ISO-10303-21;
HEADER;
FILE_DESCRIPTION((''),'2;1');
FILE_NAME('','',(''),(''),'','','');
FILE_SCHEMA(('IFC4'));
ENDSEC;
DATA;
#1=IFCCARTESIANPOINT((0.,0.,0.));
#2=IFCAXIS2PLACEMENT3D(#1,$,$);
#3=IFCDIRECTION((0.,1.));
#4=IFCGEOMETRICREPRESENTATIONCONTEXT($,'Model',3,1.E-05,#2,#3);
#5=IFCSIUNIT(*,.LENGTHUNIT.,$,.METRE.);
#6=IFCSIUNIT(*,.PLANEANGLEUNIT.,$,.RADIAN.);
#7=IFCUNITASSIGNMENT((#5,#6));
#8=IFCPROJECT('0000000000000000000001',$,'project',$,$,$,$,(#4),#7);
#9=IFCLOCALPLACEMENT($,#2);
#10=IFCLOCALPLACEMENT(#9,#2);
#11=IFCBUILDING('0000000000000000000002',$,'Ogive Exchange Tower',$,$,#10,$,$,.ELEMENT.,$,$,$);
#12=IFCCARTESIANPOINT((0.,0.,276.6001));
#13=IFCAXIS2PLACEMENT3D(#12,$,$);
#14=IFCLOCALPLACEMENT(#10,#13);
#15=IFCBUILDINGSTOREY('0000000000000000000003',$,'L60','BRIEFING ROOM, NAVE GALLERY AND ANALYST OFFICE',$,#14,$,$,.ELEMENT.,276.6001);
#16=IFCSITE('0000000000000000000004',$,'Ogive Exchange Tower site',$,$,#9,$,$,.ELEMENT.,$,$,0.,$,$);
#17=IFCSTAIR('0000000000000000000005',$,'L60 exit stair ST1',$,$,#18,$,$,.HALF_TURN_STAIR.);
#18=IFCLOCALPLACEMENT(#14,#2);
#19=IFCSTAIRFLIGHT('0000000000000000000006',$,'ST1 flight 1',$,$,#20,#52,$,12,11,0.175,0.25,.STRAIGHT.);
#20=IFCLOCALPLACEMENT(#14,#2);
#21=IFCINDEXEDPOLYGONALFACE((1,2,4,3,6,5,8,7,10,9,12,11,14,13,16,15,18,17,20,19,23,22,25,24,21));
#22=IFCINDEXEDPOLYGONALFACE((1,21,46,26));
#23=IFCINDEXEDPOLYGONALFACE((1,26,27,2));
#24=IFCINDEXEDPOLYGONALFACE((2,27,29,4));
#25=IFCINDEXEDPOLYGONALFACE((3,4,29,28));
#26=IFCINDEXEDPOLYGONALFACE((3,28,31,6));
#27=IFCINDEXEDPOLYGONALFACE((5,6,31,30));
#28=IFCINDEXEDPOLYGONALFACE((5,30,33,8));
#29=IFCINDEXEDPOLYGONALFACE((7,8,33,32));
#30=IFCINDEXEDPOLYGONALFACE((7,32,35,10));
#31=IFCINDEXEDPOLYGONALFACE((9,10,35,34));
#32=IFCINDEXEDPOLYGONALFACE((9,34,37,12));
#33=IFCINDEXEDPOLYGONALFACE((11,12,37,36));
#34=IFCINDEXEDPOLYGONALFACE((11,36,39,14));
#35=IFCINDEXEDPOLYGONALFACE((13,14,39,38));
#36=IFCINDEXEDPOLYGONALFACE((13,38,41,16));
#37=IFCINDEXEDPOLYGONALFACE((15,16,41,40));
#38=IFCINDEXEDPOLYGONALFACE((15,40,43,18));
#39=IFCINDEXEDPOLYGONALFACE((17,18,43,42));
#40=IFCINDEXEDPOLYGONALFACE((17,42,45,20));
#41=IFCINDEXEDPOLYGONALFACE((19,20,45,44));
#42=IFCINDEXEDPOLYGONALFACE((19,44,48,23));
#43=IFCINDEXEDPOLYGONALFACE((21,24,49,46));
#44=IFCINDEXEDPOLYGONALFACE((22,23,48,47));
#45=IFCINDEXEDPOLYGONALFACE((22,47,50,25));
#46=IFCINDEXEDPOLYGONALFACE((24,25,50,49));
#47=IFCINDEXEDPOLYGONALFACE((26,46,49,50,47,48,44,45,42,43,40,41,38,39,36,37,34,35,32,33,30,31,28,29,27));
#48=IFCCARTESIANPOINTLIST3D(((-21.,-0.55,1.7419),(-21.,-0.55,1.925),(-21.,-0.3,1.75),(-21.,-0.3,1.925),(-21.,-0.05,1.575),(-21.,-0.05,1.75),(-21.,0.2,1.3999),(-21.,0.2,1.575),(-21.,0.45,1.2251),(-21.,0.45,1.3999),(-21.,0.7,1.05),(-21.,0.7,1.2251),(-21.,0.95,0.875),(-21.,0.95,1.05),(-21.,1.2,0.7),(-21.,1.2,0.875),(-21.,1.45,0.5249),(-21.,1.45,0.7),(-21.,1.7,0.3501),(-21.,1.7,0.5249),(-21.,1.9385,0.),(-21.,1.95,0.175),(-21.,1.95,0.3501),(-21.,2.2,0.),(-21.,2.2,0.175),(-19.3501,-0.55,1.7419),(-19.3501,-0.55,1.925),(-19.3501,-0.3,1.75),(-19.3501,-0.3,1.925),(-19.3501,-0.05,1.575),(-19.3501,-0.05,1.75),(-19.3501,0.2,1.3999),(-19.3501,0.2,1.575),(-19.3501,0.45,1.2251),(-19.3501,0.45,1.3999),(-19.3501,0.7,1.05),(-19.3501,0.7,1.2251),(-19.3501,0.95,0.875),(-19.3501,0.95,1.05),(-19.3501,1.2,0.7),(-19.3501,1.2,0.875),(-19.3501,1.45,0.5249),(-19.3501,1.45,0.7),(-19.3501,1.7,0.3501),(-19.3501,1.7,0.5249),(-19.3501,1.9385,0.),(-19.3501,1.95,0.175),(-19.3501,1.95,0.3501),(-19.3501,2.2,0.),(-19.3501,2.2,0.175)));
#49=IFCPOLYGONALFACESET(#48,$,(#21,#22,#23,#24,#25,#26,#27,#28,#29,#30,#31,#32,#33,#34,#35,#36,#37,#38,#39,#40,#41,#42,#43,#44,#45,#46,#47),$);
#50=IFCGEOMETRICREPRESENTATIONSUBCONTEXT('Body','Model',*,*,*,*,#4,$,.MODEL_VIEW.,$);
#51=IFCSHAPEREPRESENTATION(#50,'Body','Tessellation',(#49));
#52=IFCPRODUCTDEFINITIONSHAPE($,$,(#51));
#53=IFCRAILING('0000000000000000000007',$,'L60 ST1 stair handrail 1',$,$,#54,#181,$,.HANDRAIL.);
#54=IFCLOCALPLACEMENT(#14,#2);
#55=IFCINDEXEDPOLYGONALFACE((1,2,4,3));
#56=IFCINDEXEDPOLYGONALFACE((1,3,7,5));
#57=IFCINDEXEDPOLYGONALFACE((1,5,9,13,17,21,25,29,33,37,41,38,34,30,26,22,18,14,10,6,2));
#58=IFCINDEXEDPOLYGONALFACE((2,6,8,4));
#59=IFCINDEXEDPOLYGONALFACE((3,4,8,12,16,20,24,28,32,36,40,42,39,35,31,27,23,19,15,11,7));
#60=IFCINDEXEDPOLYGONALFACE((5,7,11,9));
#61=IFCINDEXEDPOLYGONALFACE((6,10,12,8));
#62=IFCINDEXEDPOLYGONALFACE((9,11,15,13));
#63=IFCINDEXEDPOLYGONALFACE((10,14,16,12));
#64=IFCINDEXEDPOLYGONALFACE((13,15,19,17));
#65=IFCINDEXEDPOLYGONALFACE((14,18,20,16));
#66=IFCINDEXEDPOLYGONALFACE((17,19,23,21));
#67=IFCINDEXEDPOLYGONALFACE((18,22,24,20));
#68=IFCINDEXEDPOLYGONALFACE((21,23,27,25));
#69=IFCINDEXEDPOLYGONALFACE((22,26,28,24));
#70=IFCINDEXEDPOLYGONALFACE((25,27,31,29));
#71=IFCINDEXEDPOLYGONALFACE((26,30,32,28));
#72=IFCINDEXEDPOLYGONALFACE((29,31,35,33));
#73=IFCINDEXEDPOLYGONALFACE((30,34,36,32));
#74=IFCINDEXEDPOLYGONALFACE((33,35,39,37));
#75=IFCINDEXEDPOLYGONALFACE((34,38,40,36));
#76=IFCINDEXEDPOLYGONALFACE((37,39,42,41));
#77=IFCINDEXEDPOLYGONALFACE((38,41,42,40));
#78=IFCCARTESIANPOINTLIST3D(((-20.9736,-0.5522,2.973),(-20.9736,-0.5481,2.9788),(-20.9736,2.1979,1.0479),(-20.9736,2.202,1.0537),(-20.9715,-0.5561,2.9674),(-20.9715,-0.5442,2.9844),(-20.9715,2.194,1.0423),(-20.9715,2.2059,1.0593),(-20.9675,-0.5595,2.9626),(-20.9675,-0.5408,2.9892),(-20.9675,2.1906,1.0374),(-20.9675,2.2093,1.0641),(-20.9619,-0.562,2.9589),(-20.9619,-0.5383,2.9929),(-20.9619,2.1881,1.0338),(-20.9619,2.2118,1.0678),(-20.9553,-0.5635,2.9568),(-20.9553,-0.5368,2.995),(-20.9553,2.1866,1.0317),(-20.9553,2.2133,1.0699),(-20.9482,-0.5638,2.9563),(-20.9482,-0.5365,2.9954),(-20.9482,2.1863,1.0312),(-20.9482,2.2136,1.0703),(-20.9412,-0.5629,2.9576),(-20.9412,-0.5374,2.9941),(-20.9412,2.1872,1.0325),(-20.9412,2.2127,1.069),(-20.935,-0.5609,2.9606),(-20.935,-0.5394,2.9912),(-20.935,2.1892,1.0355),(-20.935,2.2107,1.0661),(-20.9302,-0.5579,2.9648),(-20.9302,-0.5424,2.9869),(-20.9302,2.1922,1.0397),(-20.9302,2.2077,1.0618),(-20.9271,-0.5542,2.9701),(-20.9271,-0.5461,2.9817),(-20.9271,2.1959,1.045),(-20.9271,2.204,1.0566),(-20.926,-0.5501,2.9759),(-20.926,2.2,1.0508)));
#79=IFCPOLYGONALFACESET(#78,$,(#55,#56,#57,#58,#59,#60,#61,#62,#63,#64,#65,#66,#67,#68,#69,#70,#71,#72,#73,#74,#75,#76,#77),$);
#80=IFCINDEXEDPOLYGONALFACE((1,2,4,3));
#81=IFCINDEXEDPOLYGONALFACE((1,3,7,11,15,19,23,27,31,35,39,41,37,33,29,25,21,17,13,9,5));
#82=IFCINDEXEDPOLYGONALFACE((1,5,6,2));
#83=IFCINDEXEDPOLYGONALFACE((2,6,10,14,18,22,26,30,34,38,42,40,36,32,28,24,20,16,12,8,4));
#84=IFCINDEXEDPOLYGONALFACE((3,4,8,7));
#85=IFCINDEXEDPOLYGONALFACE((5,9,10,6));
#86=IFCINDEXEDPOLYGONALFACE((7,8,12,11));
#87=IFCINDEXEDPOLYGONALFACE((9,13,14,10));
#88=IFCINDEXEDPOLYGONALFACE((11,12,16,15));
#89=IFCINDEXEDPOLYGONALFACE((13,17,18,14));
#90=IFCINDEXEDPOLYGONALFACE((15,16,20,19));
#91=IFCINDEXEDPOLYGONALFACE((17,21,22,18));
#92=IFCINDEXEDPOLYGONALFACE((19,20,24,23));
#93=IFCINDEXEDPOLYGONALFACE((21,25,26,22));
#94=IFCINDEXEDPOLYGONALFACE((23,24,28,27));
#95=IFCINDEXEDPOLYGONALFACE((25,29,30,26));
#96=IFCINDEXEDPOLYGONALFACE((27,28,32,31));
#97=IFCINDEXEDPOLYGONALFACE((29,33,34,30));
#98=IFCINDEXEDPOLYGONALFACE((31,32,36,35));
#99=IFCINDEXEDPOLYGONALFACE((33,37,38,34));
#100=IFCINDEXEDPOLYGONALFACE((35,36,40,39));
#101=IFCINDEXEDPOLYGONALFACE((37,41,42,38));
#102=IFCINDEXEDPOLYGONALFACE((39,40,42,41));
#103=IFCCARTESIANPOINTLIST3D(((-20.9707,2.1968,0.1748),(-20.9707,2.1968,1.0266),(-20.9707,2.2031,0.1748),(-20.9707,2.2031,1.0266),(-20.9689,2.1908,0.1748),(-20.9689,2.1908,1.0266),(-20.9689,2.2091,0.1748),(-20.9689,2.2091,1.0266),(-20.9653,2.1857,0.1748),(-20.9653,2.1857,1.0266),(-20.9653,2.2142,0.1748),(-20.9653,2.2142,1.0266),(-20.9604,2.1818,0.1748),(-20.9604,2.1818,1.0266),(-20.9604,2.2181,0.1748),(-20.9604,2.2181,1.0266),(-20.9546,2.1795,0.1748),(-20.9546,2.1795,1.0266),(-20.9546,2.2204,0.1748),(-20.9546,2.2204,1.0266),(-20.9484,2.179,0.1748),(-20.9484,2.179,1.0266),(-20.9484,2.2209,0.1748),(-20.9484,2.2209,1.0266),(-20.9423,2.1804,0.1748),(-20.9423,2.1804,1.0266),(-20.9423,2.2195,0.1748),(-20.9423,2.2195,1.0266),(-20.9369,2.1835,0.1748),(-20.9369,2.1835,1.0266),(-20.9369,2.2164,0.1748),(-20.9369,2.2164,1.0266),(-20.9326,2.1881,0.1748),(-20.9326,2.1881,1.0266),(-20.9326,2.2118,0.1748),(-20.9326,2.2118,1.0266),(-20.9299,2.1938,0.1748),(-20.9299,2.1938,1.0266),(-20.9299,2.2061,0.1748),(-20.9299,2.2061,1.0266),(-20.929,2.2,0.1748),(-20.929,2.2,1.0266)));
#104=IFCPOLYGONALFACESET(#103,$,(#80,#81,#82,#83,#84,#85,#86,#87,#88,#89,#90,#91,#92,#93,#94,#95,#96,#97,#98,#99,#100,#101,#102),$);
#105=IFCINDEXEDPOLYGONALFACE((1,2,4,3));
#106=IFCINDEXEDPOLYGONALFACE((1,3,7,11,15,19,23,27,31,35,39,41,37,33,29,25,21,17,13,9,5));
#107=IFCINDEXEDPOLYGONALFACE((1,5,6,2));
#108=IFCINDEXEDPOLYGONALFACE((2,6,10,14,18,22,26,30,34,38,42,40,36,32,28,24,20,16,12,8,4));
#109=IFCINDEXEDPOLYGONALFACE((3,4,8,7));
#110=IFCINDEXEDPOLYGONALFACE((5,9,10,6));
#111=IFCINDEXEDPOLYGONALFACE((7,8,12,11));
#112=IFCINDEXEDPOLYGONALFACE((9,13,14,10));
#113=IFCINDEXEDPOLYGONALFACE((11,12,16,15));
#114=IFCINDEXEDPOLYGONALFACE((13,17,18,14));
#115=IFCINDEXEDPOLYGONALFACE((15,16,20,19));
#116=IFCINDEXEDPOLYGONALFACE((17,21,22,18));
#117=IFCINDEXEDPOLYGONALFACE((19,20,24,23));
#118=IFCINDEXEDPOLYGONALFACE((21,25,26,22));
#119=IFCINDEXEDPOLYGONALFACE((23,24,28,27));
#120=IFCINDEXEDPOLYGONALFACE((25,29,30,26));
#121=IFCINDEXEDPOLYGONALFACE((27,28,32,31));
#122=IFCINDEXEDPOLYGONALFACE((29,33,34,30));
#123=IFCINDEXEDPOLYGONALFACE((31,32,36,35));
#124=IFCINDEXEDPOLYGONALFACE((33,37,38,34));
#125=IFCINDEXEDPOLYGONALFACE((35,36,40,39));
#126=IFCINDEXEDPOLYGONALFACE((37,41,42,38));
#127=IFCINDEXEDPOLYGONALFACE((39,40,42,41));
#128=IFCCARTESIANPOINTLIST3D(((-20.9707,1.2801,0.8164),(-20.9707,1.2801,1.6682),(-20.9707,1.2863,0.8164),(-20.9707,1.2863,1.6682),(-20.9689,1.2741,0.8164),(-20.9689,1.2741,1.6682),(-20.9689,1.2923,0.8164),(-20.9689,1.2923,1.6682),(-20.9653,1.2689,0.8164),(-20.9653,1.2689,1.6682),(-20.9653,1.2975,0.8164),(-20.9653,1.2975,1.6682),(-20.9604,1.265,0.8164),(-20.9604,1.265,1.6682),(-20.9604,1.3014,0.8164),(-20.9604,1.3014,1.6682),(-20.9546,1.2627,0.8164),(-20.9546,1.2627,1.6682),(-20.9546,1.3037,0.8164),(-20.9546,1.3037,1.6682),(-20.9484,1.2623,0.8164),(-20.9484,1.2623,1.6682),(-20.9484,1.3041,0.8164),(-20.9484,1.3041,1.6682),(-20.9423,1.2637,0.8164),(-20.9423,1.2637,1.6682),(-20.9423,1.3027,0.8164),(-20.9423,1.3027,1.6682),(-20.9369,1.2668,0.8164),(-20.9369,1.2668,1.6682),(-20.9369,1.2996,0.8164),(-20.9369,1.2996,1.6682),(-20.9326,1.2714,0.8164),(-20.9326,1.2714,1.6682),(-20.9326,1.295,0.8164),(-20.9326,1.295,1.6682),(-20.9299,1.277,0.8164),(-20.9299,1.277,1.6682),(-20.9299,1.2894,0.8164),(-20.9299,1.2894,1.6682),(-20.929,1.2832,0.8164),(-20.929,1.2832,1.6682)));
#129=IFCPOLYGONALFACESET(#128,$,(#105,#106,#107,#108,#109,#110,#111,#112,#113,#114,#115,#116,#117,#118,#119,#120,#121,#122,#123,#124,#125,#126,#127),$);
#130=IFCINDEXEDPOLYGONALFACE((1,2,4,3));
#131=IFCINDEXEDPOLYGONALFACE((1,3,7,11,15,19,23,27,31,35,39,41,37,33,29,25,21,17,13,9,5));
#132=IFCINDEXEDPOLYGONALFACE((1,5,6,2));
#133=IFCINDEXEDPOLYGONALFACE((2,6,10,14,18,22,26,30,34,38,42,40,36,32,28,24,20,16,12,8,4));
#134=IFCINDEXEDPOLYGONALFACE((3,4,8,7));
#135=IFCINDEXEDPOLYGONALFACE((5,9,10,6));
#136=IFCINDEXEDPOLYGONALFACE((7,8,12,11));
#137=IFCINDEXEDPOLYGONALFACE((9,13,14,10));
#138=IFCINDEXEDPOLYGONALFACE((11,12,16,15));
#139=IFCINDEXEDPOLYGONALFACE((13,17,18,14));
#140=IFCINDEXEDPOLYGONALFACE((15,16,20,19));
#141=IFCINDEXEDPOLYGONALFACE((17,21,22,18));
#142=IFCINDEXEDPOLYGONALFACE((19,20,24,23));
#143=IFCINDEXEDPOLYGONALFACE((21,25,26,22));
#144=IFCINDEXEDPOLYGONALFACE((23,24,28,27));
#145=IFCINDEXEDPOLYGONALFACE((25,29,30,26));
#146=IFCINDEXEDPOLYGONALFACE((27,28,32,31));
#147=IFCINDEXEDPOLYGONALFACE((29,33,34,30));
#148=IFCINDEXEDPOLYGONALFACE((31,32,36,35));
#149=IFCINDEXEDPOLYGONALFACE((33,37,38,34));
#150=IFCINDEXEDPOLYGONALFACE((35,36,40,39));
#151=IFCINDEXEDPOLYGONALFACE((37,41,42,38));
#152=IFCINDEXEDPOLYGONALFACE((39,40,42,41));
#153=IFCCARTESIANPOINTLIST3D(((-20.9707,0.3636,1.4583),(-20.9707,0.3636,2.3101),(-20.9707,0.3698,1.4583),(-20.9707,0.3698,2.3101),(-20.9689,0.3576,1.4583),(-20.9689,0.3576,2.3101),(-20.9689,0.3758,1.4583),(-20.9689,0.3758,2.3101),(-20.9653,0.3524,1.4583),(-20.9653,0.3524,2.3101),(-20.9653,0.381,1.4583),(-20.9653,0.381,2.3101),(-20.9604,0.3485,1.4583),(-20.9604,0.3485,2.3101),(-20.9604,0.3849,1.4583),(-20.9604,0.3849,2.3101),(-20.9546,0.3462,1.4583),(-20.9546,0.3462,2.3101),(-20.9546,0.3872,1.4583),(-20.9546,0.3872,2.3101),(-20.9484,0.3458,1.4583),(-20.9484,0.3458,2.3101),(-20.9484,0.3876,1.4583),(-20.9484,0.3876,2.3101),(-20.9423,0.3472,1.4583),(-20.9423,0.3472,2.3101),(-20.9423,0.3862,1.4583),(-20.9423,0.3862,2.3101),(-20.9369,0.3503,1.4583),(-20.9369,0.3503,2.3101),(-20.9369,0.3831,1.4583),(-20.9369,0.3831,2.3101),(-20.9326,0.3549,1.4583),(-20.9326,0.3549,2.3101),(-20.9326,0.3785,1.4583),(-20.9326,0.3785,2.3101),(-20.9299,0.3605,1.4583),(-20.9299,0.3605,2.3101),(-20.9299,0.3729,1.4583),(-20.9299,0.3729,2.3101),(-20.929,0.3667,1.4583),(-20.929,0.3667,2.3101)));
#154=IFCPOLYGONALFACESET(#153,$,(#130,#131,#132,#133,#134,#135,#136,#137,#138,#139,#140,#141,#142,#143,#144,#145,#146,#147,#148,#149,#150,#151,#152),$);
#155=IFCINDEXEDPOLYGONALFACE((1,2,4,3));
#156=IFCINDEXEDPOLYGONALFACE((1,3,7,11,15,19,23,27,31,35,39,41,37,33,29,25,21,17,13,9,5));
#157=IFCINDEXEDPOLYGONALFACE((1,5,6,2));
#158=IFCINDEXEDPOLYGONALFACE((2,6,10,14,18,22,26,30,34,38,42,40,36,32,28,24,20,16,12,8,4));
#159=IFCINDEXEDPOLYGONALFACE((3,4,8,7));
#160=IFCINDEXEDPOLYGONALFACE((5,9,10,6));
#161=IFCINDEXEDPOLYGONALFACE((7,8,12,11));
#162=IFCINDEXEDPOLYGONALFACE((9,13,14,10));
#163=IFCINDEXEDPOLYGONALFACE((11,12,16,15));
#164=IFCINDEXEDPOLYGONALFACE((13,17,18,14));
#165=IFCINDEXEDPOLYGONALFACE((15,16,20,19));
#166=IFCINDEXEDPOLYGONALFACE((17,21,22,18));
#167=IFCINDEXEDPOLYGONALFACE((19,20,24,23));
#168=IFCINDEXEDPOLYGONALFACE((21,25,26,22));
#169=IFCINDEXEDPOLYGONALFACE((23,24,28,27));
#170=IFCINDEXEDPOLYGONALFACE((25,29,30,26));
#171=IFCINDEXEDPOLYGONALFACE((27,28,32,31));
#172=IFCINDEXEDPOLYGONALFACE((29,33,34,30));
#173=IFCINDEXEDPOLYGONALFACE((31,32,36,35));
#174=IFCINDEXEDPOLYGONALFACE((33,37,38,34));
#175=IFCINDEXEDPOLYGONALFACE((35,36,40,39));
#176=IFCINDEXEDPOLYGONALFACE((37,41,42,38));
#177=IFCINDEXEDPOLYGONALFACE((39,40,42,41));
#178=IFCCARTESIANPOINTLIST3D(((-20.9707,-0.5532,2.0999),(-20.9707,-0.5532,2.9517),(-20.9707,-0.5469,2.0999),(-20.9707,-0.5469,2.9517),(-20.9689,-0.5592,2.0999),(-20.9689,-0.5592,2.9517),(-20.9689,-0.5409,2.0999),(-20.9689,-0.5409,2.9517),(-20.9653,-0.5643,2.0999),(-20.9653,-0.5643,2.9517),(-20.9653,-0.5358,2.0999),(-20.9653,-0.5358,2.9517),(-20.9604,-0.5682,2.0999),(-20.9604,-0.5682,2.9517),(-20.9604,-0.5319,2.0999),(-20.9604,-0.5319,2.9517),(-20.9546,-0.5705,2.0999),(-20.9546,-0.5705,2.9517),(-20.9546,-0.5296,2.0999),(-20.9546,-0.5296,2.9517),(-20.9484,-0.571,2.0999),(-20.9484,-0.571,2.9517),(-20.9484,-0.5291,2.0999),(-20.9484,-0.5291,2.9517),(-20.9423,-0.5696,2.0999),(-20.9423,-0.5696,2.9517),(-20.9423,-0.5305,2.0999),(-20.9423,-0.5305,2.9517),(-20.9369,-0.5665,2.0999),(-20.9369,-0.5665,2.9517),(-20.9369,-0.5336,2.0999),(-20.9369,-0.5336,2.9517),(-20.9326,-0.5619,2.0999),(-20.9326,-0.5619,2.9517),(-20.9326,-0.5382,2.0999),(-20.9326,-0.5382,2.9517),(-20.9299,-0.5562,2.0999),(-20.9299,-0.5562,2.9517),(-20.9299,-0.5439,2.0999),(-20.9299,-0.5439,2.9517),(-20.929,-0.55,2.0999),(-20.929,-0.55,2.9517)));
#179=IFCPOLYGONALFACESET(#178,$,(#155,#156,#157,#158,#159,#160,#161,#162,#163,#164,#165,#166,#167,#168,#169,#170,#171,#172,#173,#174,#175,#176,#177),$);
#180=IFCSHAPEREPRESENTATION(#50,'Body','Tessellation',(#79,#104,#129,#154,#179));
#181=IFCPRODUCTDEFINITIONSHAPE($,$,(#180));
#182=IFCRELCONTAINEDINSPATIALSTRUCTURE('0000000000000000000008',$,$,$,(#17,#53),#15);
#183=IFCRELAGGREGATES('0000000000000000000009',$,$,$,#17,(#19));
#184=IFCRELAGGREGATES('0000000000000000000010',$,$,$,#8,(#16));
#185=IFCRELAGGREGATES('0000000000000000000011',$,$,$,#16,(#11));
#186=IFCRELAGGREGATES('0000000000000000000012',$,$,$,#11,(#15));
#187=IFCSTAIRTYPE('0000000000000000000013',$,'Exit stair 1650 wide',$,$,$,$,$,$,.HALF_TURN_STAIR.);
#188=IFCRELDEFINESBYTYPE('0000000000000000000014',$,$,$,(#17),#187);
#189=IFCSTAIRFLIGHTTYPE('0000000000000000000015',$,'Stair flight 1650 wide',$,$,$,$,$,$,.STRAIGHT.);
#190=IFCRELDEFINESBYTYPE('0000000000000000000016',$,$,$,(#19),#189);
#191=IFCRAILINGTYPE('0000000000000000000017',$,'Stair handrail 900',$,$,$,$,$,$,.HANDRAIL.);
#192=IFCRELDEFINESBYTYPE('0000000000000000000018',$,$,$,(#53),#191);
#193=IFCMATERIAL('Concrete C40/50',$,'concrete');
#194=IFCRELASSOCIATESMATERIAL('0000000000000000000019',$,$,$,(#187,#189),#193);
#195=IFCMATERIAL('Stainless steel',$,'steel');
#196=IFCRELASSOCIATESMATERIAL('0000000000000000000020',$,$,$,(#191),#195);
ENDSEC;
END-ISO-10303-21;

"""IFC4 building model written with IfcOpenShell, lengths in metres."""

from ifc_helpers import new_model, si_unit, direction, frame, origin, origin_2d, place, context, subcontext, project, spatial, polyline, circle, outline, extrude, material, type_object, element, aggregate, save


model = new_model("IFC4")

# Units and contexts
model_context = context("Model", 3, precision=1e-05, world=origin(), true_north=direction((0.0, 1.0)))
body_context = subcontext(model_context, "Body", "Model", "MODEL_VIEW")
ifc_project = project(units=[si_unit("LENGTHUNIT", "METRE"), si_unit("PLANEANGLEUNIT", "RADIAN")], contexts=[model_context])

# Site, building, storey
site_placement = place(None, origin())
site = spatial("IfcSite", under=ifc_project, at=site_placement, Name="Ogive Exchange Tower site", CompositionType="ELEMENT", RefElevation=0.0)
building_placement = place(site_placement, origin())
building = spatial("IfcBuilding", under=site, at=building_placement, Name="Ogive Exchange Tower", CompositionType="ELEMENT")
storey_placement = place(building_placement, frame((0.0, 0.0, 276.6001)))
storey = spatial("IfcBuildingStorey", under=building, at=storey_placement, Name="L60", Description="BRIEFING ROOM, NAVE GALLERY AND ANALYST OFFICE", CompositionType="ELEMENT", Elevation=276.6001)

# Shared definitions
ifc_material_1 = material(Name="Stainless steel", Category="steel")

# Stair, stair flight
ifc_material_2 = material(Name="Concrete C40/50", Category="concrete")
stair_type = type_object("IfcStairType", Name="Exit stair 1650 wide", PredefinedType="HALF_TURN_STAIR", material=ifc_material_2)
stair_placement = place(storey_placement, origin())
stair = element("IfcStair", 1, at=stair_placement, inside=storey, type_object=stair_type, Name="L60 exit stair ST1", PredefinedType="HALF_TURN_STAIR")
stair_flight_type = type_object("IfcStairFlightType", Name="Stair flight 1650 wide", PredefinedType="STRAIGHT", material=ifc_material_2)
stair_flight_placement = place(storey_placement, frame((-20.175, 2.2, 0.0), z_axis=(0.0, 0.0, 1.0), x_axis=(0.0, -1.0, 0.0)))
stair_flight = element("IfcStairFlight", 2, at=stair_flight_placement, type_object=stair_flight_type, Name="ST1 flight 1", NumberOfRisers=12, NumberOfTreads=11, PredefinedType="STRAIGHT", RiserHeight=0.175, TreadLength=0.25, context=body_context, shape_type="SweptSolid", body=[
    extrude(outline(polyline([(0.0, 0.0), (0.0, 0.175), (0.25, 0.175), (0.25, 0.3501), (0.5, 0.3501), (0.5, 0.5249), (0.75, 0.5249), (0.75, 0.7), (1.0, 0.7), (1.0, 0.875), (1.25, 0.875), (1.25, 1.05), (1.5, 1.05), (1.5, 1.2251), (1.75, 1.2251), (1.75, 1.3999), (2.0, 1.3999), (2.0, 1.575), (2.25, 1.575), (2.25, 1.75), (2.5, 1.75), (2.5, 1.925), (2.75, 1.925), (2.75, 2.1001), (2.75, 1.7419), (0.2615, 0.0), (0.0, 0.0)])), frame((0.0, 0.825, 0.0), z_axis=(0.0, -1.0, 0.0), x_axis=(1.0, 0.0, 0.0)), (0.0, 0.0, 1.0), 1.6499),
])
aggregate(stair, [stair_flight])

# Railing
railing_type = type_object("IfcRailingType", Name="Stair handrail 900", PredefinedType="HANDRAIL", material=ifc_material_1)
railing_placement = place(storey_placement, frame((-20.95, 2.2, 0.1748)))
element("IfcRailing", 3, at=railing_placement, inside=storey, type_object=railing_type, Name="L60 ST1 stair handrail 1", PredefinedType="HANDRAIL", context=body_context, shape_type="SweptSolid", body=[
    extrude(circle(Radius=0.0239, at=origin_2d()), frame((0.0, 0.0, 0.876), z_axis=(0.0, -0.819225, 0.573472), x_axis=(1.0, 0.0, 0.0)), (0.0, 0.0, 1.0), 3.3569),
    extrude(circle(Radius=0.021, at=origin_2d()), origin(), (0.0, 0.0, 1.0), 0.8518),
    extrude(circle(Radius=0.021, at=origin_2d()), frame((0.0, -0.9167, 0.6416)), (0.0, 0.0, 1.0), 0.8518),
    extrude(circle(Radius=0.021, at=origin_2d()), frame((0.0, -1.8333, 1.2834)), (0.0, 0.0, 1.0), 0.8518),
    extrude(circle(Radius=0.021, at=origin_2d()), frame((0.0, -2.75, 1.925)), (0.0, 0.0, 1.0), 0.8518),
])

save(model, "model.ifc")
